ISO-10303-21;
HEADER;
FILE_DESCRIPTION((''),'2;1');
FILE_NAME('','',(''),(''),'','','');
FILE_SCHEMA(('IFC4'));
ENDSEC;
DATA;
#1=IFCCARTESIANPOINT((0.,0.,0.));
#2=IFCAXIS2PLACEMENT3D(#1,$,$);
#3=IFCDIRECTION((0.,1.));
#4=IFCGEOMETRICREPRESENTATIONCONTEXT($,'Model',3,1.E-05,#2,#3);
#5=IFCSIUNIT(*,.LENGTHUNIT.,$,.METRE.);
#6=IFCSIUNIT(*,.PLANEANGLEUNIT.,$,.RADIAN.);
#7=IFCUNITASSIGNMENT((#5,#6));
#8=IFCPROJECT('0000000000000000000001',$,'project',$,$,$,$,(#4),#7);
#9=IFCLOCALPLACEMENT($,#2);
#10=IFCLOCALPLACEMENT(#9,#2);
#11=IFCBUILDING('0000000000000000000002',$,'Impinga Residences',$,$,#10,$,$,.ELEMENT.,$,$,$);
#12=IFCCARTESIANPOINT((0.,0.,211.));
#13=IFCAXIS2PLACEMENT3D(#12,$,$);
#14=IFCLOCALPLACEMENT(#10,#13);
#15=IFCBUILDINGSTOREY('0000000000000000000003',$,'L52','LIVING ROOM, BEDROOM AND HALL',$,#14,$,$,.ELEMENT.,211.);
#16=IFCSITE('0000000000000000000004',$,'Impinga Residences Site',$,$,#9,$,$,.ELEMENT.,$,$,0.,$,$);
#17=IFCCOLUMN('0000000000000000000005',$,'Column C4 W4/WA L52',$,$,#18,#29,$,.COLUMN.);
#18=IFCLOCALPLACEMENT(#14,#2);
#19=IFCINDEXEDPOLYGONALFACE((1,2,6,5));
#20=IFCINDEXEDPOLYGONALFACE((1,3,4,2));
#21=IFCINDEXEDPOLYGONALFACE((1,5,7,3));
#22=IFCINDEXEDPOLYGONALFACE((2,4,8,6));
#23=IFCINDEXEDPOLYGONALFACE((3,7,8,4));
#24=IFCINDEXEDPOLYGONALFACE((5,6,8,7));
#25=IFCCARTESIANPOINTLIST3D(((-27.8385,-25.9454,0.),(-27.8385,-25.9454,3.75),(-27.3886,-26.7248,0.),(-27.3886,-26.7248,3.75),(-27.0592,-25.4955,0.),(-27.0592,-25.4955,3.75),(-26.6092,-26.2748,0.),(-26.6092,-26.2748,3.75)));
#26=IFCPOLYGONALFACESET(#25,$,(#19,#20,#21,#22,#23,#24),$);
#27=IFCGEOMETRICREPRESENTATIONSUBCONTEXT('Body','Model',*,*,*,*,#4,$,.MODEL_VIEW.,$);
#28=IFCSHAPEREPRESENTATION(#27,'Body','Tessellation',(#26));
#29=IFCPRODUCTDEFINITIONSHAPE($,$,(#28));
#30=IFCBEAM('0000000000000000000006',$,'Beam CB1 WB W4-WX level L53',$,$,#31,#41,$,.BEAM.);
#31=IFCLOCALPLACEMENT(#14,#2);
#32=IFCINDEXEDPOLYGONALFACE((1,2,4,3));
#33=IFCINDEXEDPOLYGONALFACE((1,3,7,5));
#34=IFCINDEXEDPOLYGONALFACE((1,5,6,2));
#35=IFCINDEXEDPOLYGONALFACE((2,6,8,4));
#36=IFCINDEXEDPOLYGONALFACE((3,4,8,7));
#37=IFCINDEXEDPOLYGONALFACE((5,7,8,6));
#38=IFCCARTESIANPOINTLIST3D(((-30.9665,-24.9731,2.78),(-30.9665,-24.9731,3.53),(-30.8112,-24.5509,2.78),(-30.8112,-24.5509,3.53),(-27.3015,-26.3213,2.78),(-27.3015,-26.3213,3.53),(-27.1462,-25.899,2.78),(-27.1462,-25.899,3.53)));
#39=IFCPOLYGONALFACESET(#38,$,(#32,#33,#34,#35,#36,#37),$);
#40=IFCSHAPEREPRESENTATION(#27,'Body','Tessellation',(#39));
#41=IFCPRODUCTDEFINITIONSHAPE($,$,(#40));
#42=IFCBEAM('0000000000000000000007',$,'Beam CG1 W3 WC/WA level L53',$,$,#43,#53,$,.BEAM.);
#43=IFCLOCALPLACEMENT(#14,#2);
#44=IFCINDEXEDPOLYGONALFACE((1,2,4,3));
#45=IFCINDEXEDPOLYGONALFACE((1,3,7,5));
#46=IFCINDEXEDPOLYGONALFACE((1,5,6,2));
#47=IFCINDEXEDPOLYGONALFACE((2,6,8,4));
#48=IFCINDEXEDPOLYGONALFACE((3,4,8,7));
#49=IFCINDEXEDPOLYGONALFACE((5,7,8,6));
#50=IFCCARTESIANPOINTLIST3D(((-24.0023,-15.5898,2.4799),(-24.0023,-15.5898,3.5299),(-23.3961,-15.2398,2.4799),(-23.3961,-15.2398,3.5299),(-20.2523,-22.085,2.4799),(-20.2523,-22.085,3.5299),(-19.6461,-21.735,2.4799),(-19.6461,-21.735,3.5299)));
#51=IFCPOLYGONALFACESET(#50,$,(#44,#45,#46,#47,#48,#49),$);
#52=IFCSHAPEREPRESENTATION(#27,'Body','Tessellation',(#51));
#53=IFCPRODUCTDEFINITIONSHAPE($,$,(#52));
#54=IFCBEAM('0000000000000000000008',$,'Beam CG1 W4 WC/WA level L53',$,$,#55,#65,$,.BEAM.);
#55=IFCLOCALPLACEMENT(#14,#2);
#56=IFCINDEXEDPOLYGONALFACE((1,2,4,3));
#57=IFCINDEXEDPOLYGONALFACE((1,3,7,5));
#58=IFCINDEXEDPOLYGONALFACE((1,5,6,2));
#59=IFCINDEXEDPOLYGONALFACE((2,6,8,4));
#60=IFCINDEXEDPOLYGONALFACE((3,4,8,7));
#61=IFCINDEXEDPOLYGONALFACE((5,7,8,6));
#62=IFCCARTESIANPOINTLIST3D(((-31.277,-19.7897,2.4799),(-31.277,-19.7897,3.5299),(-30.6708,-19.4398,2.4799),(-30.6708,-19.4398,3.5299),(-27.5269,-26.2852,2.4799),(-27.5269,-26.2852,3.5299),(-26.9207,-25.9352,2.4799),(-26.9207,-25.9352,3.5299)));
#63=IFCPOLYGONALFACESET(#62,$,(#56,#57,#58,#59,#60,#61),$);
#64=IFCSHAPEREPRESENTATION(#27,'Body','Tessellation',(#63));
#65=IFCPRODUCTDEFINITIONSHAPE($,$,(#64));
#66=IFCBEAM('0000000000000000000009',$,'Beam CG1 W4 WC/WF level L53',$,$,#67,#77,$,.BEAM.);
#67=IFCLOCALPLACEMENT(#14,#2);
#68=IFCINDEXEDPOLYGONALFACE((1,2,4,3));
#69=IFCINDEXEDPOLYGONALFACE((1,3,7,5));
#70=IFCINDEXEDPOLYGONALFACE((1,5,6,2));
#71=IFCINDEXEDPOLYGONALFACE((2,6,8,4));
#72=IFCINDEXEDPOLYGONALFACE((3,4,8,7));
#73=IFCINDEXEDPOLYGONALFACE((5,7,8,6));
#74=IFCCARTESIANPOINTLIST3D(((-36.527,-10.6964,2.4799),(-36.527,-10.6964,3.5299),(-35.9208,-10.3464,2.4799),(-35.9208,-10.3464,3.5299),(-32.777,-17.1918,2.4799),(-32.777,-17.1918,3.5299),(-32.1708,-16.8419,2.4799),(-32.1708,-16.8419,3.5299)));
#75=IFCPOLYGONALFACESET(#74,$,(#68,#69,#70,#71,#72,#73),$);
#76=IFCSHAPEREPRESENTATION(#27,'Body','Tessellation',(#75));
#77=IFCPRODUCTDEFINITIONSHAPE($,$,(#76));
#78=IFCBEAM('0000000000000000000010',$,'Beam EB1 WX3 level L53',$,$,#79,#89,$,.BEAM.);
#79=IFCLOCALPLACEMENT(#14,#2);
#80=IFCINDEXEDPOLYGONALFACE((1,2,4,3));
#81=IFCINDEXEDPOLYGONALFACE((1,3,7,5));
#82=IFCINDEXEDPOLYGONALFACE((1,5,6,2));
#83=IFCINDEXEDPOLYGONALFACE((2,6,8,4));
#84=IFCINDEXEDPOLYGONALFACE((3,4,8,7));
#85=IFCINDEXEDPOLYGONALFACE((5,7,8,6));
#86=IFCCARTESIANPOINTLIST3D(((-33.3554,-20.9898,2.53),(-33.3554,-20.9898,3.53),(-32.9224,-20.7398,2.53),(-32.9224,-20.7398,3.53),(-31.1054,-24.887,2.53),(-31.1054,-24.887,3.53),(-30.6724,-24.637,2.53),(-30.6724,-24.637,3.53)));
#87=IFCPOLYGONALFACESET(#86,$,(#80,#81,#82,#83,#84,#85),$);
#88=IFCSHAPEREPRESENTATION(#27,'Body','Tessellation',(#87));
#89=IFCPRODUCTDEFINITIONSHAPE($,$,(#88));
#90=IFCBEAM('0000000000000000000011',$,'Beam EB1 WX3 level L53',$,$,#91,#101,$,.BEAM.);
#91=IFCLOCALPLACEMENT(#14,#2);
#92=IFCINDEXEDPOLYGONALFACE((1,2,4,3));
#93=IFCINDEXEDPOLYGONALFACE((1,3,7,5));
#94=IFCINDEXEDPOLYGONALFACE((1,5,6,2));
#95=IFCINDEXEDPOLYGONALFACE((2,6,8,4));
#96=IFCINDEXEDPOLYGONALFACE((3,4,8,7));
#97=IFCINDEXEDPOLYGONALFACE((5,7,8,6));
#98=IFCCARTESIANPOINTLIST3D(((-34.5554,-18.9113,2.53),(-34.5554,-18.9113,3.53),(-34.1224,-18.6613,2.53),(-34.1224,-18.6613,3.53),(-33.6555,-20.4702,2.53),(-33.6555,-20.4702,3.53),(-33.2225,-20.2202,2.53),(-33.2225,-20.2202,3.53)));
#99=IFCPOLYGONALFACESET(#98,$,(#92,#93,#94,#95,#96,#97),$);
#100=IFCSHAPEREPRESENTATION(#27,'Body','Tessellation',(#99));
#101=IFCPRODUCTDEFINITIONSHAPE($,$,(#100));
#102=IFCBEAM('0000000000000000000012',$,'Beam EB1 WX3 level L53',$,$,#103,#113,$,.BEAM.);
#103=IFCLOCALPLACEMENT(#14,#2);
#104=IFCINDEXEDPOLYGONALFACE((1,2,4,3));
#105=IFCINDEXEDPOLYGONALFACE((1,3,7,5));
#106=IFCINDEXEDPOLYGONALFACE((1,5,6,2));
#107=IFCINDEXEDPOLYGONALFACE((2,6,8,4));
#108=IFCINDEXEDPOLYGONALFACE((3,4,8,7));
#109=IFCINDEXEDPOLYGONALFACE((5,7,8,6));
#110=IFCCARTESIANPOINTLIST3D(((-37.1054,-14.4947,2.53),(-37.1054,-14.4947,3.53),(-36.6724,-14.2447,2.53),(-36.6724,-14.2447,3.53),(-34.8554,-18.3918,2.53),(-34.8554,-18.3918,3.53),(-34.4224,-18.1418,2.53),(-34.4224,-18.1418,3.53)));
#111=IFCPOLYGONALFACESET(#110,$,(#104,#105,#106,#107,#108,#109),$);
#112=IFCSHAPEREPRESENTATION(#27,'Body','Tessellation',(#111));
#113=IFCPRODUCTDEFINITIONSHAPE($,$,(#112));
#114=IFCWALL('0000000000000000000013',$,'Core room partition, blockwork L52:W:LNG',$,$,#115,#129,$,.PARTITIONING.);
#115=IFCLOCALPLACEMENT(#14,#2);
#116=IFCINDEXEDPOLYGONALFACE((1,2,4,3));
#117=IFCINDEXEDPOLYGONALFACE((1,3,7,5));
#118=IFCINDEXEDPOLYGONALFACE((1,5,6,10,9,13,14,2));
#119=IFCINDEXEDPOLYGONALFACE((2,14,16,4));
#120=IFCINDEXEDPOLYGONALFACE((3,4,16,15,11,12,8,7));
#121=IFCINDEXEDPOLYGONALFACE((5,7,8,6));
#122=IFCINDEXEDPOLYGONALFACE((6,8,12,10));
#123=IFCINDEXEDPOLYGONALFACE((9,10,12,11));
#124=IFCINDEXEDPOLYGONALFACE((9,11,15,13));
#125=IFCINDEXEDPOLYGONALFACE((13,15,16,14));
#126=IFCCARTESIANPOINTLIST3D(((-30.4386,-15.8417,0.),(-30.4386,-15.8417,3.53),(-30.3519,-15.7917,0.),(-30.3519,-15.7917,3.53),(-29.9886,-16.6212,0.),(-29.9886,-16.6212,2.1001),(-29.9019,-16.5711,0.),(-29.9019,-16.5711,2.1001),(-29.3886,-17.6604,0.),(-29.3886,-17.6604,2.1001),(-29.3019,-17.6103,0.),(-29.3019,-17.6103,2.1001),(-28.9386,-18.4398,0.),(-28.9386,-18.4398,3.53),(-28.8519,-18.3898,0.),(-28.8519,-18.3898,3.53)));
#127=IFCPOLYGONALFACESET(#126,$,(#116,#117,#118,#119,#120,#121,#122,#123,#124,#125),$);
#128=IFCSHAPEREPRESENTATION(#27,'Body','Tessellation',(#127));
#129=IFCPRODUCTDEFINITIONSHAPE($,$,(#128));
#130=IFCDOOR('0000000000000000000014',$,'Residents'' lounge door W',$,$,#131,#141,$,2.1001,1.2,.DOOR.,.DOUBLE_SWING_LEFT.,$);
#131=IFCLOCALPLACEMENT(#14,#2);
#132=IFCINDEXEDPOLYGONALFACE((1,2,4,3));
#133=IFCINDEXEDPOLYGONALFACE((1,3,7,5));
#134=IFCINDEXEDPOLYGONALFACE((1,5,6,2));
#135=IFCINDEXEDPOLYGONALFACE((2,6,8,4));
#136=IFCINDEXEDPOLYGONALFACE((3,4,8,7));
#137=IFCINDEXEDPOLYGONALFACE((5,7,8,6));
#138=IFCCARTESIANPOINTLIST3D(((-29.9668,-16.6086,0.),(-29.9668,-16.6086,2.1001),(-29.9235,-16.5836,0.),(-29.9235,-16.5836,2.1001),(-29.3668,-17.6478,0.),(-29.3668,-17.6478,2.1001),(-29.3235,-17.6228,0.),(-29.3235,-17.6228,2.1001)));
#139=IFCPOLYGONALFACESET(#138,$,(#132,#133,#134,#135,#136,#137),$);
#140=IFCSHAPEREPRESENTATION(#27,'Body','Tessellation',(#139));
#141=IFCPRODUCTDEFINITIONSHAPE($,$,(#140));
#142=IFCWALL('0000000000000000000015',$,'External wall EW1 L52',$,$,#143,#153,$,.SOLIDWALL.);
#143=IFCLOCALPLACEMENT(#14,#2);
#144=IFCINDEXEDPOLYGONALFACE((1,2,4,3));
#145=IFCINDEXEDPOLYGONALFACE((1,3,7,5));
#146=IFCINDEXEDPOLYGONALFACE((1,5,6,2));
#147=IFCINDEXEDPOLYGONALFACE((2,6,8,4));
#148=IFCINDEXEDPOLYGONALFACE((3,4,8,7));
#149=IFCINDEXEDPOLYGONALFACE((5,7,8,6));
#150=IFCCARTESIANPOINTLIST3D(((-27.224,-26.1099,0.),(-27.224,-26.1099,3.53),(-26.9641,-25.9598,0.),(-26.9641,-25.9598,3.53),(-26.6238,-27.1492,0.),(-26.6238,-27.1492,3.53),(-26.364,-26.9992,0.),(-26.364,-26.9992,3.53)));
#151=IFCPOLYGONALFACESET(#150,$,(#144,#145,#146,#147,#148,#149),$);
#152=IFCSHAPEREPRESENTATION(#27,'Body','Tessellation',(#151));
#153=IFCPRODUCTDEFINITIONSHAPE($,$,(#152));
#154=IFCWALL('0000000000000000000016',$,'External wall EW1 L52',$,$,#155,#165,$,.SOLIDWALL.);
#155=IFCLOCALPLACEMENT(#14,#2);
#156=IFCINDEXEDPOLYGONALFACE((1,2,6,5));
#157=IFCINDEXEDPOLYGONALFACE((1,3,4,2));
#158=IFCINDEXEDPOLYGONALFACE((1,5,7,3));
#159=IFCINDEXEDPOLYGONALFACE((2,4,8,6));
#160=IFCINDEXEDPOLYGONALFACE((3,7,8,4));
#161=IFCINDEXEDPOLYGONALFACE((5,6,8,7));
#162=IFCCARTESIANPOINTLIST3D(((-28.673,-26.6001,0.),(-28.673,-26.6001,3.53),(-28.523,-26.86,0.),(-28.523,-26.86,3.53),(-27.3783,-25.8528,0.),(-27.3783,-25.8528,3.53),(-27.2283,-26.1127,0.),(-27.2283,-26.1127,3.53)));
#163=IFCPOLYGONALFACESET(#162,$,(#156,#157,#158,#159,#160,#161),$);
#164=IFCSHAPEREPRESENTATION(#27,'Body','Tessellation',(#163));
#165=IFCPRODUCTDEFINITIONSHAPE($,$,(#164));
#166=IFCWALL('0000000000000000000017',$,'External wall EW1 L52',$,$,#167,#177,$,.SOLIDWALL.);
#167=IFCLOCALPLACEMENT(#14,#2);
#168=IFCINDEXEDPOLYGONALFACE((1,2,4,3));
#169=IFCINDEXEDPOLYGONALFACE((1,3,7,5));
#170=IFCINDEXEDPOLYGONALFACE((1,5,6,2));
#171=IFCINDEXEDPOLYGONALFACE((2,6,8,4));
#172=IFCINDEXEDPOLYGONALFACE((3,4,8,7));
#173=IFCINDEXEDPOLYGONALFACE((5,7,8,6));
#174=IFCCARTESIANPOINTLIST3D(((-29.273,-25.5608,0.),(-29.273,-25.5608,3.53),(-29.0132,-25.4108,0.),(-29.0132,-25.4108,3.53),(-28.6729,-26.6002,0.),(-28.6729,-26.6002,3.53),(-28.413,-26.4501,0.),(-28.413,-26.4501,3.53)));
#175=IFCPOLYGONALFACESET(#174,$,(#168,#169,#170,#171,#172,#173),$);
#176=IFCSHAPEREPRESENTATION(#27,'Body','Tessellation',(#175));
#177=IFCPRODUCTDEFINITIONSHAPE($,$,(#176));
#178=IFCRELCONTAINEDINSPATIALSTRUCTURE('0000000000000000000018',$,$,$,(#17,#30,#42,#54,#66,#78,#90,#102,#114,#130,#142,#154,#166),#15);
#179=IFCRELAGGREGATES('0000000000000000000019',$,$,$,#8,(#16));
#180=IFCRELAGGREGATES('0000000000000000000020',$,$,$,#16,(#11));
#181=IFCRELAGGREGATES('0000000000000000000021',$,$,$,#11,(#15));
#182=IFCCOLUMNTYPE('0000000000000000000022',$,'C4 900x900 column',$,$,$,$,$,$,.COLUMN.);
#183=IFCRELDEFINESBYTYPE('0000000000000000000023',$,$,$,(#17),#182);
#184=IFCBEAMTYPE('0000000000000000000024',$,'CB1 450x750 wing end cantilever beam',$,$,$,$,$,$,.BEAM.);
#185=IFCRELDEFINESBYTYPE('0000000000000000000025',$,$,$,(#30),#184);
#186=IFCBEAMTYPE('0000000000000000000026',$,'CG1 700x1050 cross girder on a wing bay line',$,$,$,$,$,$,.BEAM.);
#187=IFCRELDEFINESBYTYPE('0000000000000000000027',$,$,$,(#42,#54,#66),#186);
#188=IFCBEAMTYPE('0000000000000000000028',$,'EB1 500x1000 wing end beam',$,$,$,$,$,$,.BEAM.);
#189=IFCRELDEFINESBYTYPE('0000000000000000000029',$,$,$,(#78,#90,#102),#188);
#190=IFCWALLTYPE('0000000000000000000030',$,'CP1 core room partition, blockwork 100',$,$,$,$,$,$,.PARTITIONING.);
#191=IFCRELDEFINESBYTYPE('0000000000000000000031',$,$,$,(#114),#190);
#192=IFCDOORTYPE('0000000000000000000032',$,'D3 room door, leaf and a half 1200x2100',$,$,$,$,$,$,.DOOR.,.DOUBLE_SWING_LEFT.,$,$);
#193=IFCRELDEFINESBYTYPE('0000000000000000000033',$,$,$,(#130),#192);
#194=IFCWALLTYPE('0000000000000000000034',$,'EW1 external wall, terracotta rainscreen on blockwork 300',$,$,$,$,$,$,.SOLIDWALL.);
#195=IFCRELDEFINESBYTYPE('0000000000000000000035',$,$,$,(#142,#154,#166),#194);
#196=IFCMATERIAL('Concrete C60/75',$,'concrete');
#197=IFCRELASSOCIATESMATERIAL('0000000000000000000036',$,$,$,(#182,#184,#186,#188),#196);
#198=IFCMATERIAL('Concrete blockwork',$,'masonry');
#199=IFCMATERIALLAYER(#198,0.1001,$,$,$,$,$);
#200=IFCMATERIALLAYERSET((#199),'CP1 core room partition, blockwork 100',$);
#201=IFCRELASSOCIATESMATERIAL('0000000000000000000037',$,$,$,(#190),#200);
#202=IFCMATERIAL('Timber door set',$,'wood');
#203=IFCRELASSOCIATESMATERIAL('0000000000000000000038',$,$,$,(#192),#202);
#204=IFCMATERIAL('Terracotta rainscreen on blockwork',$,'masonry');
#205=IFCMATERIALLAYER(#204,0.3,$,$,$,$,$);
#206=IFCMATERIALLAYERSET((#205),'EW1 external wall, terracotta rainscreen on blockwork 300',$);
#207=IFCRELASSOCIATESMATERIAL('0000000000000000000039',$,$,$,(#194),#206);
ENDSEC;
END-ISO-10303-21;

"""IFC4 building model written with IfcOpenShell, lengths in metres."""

from ifc_helpers import new_model, si_unit, direction, frame, frame_2d, origin, origin_2d, place, context, subcontext, project, spatial, rectangle, extrude, material, layer, layer_set, material_profile, profile_set, type_object, element, fill, save


model = new_model("IFC4")

# Units and contexts
model_context = context("Model", 3, precision=1e-05, world=origin(), true_north=direction((0.0, 1.0)))
body_context = subcontext(model_context, "Body", "Model", "MODEL_VIEW")
ifc_project = project(units=[si_unit("LENGTHUNIT", "METRE"), si_unit("PLANEANGLEUNIT", "RADIAN")], contexts=[model_context])

# Site, building, storey
site_placement = place(None, origin())
site = spatial("IfcSite", under=ifc_project, at=site_placement, Name="Impinga Residences Site", CompositionType="ELEMENT", RefElevation=0.0)
building_placement = place(site_placement, origin())
building = spatial("IfcBuilding", under=site, at=building_placement, Name="Impinga Residences", CompositionType="ELEMENT")
storey_placement = place(building_placement, frame((0.0, 0.0, 211.0)))
storey = spatial("IfcBuildingStorey", under=building, at=storey_placement, Name="L52", Description="LIVING ROOM, BEDROOM AND HALL", CompositionType="ELEMENT", Elevation=211.0)

# Column
ifc_material_1 = material(Name="Concrete C60/75", Category="concrete")
ifc_material_profile_1 = material_profile(ifc_material_1, rectangle(XDim=0.8999, YDim=0.8999, at=origin_2d()), Name="RC 900x900")
ifc_profile_set_1 = profile_set([ifc_material_profile_1], Name="Concrete C60/75")
column_type = type_object("IfcColumnType", Name="C4 900x900 column", PredefinedType="COLUMN", material=ifc_profile_set_1)
column_placement = place(storey_placement, frame((-27.2239, -26.1101, 0.0), z_axis=(0.0, 0.0, 1.0), x_axis=(-0.5, 0.866025, 0.0)))
element("IfcColumn", 1, at=column_placement, inside=storey, type_object=column_type, Name="Column C4 W4/WA L52", PredefinedType="COLUMN", context=body_context, shape_type="SweptSolid", body=[
    extrude(rectangle(XDim=0.8999, YDim=0.8999, at=origin_2d()), origin(), (0.0, 0.0, 1.0), 3.75),
])

# Beams
ifc_material_profile_2 = material_profile(ifc_material_1, rectangle(XDim=0.45, YDim=0.75, at=origin_2d()), Name="RC 450x750")
ifc_profile_set_2 = profile_set([ifc_material_profile_2], Name="Concrete C60/75")
beam_type_1 = type_object("IfcBeamType", Name="CB1 450x750 wing end cantilever beam", PredefinedType="BEAM", material=ifc_profile_set_2)
beam_1_placement = place(storey_placement, frame((-27.2239, -26.1101, 3.155), z_axis=(-0.93852, 0.345224, 0.0), x_axis=(-0.345224, -0.93852, 0.0)))
element("IfcBeam", 2, at=beam_1_placement, inside=storey, type_object=beam_type_1, Name="Beam CB1 WB W4-WX level L53", PredefinedType="BEAM", context=body_context, shape_type="SweptSolid", body=[
    extrude(rectangle(XDim=0.45, YDim=0.75, at=origin_2d()), origin(), (0.0, 0.0, 1.0), 3.905),
])
ifc_material_profile_3 = material_profile(ifc_material_1, rectangle(XDim=0.7, YDim=1.05, at=origin_2d()), Name="RC 700x1050")
ifc_profile_set_3 = profile_set([ifc_material_profile_3], Name="Concrete C60/75")
beam_type_2 = type_object("IfcBeamType", Name="CG1 700x1050 cross girder on a wing bay line", PredefinedType="BEAM", material=ifc_profile_set_3)
beam_2_placement = place(storey_placement, frame((-23.6992, -15.4148, 3.0049), z_axis=(0.500004, -0.866023, 0.0), x_axis=(0.866023, 0.500004, 0.0)))
element("IfcBeam", 3, at=beam_2_placement, inside=storey, type_object=beam_type_2, Name="Beam CG1 W3 WC/WA level L53", PredefinedType="BEAM", context=body_context, shape_type="SweptSolid", body=[
    extrude(rectangle(XDim=0.7, YDim=1.05, at=origin_2d()), origin(), (0.0, 0.0, 1.0), 7.5),
])
for number, where, z_axis, x_axis, name in (
    (4, (-30.9739, -19.6147, 3.0049), (0.49999, -0.866031, 0.0), (0.866031, 0.49999, 0.0), "Beam CG1 W4 WC/WA level L53"),
    (5, (-32.4739, -17.0168, 3.0049), (-0.49999, 0.866031, 0.0), (-0.866031, -0.49999, 0.0), "Beam CG1 W4 WC/WF level L53"),
):
    element("IfcBeam", number, at=place(storey_placement, frame(where, z_axis=z_axis, x_axis=x_axis)), inside=storey, type_object=beam_type_2, Name=name, PredefinedType="BEAM", context=body_context, shape_type="SweptSolid", body=[
        extrude(rectangle(XDim=0.7, YDim=1.05, at=origin_2d()), origin(), (0.0, 0.0, 1.0), 7.5002),
    ])
ifc_material_profile_4 = material_profile(ifc_material_1, rectangle(XDim=0.5, YDim=1.0, at=origin_2d()), Name="RC 500x1000")
ifc_profile_set_4 = profile_set([ifc_material_profile_4], Name="Concrete C60/75")
beam_type_3 = type_object("IfcBeamType", Name="EB1 500x1000 wing end beam", PredefinedType="BEAM", material=ifc_profile_set_4)
beam_3_placement = place(storey_placement, frame((-30.8889, -24.762, 3.03), z_axis=(-0.49999, 0.866031, 0.0), x_axis=(-0.866031, -0.49999, 0.0)))
element("IfcBeam", 6, at=beam_3_placement, inside=storey, type_object=beam_type_3, Name="Beam EB1 WX3 level L53", PredefinedType="BEAM", context=body_context, shape_type="SweptSolid", body=[
    extrude(rectangle(XDim=0.5, YDim=1.0, at=origin_2d()), origin(), (0.0, 0.0, 1.0), 4.5),
])
beam_4_placement = place(storey_placement, frame((-33.439, -20.3452, 3.03), z_axis=(-0.499961, 0.866048, 0.0), x_axis=(-0.866048, -0.499961, 0.0)))
element("IfcBeam", 7, at=beam_4_placement, inside=storey, type_object=beam_type_3, Name="Beam EB1 WX3 level L53", PredefinedType="BEAM", context=body_context, shape_type="SweptSolid", body=[
    extrude(rectangle(XDim=0.5, YDim=1.0, at=origin_2d()), origin(), (0.0, 0.0, 1.0), 1.8),
])
beam_5_placement = place(storey_placement, frame((-34.6389, -18.2668, 3.03), z_axis=(-0.49999, 0.866031, 0.0), x_axis=(-0.866031, -0.49999, 0.0)))
element("IfcBeam", 8, at=beam_5_placement, inside=storey, type_object=beam_type_3, Name="Beam EB1 WX3 level L53", PredefinedType="BEAM", context=body_context, shape_type="SweptSolid", body=[
    extrude(rectangle(XDim=0.5, YDim=1.0, at=origin_2d()), origin(), (0.0, 0.0, 1.0), 4.5),
])

# Wall, opening, door
ifc_material_2 = material(Name="Concrete blockwork", Category="masonry")
ifc_layer_1 = layer(ifc_material_2, 0.1001)
ifc_layer_set_1 = layer_set([ifc_layer_1], Name="CP1 core room partition, blockwork 100")
wall_type_1 = type_object("IfcWallType", Name="CP1 core room partition, blockwork 100", PredefinedType="PARTITIONING", material=ifc_layer_set_1)
wall_1_placement = place(storey_placement, frame((-28.8953, -18.4148, 0.0), z_axis=(0.0, 0.0, 1.0), x_axis=(-0.49999, 0.866031, 0.0)))
wall_1 = element("IfcWall", 9, at=wall_1_placement, inside=storey, type_object=wall_type_1, Name="Core room partition, blockwork L52:W:LNG", PredefinedType="PARTITIONING", context=body_context, shape_type="SweptSolid", body=[
    extrude(rectangle(XDim=3.0, YDim=0.1001, at=frame_2d((1.5, 0.0))), origin(), (0.0, 0.0, 1.0), 3.53),
])
opening_1_placement = place(wall_1_placement, frame((0.8999, 0.0, 0.0)))
opening_1 = element("IfcOpeningElement", 10, at=opening_1_placement, cuts=wall_1, PredefinedType="OPENING", context=body_context, shape_type="SweptSolid", body=[
    extrude(rectangle(XDim=1.2, YDim=2.1001, at=frame_2d((0.6001, 1.05))), frame((0.0, 0.0601, 0.0), z_axis=(0.0, -1.0, 0.0), x_axis=(1.0, 0.0, 0.0)), (0.0, 0.0, 1.0), 0.1201),
])
ifc_material_3 = material(Name="Timber door set", Category="wood")
door_type_1 = type_object("IfcDoorType", Name="D3 room door, leaf and a half 1200x2100", OperationType="DOUBLE_SWING_LEFT", PredefinedType="DOOR", material=ifc_material_3)
door_1_placement = place(opening_1_placement, origin())
door_1 = element("IfcDoor", 11, at=door_1_placement, inside=storey, type_object=door_type_1, Name="Residents' lounge door W", OperationType="DOUBLE_SWING_LEFT", OverallHeight=2.1001, OverallWidth=1.2, PredefinedType="DOOR", context=body_context, shape_type="SweptSolid", body=[
    extrude(rectangle(XDim=1.2, YDim=2.1001, at=frame_2d((0.6001, 1.05))), frame((0.0, 0.0249, 0.0), z_axis=(0.0, -1.0, 0.0), x_axis=(1.0, 0.0, 0.0)), (0.0, 0.0, 1.0), 0.05),
])
fill(opening_1, door_1)

# Walls
ifc_material_4 = material(Name="Terracotta rainscreen on blockwork", Category="masonry")
ifc_layer_2 = layer(ifc_material_4, 0.3)
ifc_layer_set_2 = layer_set([ifc_layer_2], Name="EW1 external wall, terracotta rainscreen on blockwork 300")
wall_type_2 = type_object("IfcWallType", Name="EW1 external wall, terracotta rainscreen on blockwork 300", PredefinedType="SOLIDWALL", material=ifc_layer_set_2)
wall_2_placement = place(storey_placement, frame((-26.4939, -27.0742, 0.0), z_axis=(0.0, 0.0, 1.0), x_axis=(-0.500034, 0.866006, 0.0)))
element("IfcWall", 12, at=wall_2_placement, inside=storey, type_object=wall_type_2, Name="External wall EW1 L52", PredefinedType="SOLIDWALL", context=body_context, shape_type="SweptSolid", body=[
    extrude(rectangle(XDim=1.2002, YDim=0.3, at=frame_2d((0.6001, 0.0))), origin(), (0.0, 0.0, 1.0), 3.53),
])
wall_3_placement = place(storey_placement, frame((-27.3032, -25.9827, 0.0), z_axis=(0.0, 0.0, 1.0), x_axis=(-0.866074, -0.499916, 0.0)))
element("IfcWall", 13, at=wall_3_placement, inside=storey, type_object=wall_type_2, Name="External wall EW1 L52", PredefinedType="SOLIDWALL", context=body_context, shape_type="SweptSolid", body=[
    extrude(rectangle(XDim=1.4949, YDim=0.3, at=frame_2d((0.7476, 0.0))), origin(), (0.0, 0.0, 1.0), 3.53),
])
wall_4_placement = place(storey_placement, frame((-28.543, -26.5251, 0.0), z_axis=(0.0, 0.0, 1.0), x_axis=(-0.500034, 0.866006, 0.0)))
element("IfcWall", 14, at=wall_4_placement, inside=storey, type_object=wall_type_2, Name="External wall EW1 L52", PredefinedType="SOLIDWALL", context=body_context, shape_type="SweptSolid", body=[
    extrude(rectangle(XDim=1.2002, YDim=0.3, at=frame_2d((0.6001, 0.0))), origin(), (0.0, 0.0, 1.0), 3.53),
])

save(model, "model.ifc")
